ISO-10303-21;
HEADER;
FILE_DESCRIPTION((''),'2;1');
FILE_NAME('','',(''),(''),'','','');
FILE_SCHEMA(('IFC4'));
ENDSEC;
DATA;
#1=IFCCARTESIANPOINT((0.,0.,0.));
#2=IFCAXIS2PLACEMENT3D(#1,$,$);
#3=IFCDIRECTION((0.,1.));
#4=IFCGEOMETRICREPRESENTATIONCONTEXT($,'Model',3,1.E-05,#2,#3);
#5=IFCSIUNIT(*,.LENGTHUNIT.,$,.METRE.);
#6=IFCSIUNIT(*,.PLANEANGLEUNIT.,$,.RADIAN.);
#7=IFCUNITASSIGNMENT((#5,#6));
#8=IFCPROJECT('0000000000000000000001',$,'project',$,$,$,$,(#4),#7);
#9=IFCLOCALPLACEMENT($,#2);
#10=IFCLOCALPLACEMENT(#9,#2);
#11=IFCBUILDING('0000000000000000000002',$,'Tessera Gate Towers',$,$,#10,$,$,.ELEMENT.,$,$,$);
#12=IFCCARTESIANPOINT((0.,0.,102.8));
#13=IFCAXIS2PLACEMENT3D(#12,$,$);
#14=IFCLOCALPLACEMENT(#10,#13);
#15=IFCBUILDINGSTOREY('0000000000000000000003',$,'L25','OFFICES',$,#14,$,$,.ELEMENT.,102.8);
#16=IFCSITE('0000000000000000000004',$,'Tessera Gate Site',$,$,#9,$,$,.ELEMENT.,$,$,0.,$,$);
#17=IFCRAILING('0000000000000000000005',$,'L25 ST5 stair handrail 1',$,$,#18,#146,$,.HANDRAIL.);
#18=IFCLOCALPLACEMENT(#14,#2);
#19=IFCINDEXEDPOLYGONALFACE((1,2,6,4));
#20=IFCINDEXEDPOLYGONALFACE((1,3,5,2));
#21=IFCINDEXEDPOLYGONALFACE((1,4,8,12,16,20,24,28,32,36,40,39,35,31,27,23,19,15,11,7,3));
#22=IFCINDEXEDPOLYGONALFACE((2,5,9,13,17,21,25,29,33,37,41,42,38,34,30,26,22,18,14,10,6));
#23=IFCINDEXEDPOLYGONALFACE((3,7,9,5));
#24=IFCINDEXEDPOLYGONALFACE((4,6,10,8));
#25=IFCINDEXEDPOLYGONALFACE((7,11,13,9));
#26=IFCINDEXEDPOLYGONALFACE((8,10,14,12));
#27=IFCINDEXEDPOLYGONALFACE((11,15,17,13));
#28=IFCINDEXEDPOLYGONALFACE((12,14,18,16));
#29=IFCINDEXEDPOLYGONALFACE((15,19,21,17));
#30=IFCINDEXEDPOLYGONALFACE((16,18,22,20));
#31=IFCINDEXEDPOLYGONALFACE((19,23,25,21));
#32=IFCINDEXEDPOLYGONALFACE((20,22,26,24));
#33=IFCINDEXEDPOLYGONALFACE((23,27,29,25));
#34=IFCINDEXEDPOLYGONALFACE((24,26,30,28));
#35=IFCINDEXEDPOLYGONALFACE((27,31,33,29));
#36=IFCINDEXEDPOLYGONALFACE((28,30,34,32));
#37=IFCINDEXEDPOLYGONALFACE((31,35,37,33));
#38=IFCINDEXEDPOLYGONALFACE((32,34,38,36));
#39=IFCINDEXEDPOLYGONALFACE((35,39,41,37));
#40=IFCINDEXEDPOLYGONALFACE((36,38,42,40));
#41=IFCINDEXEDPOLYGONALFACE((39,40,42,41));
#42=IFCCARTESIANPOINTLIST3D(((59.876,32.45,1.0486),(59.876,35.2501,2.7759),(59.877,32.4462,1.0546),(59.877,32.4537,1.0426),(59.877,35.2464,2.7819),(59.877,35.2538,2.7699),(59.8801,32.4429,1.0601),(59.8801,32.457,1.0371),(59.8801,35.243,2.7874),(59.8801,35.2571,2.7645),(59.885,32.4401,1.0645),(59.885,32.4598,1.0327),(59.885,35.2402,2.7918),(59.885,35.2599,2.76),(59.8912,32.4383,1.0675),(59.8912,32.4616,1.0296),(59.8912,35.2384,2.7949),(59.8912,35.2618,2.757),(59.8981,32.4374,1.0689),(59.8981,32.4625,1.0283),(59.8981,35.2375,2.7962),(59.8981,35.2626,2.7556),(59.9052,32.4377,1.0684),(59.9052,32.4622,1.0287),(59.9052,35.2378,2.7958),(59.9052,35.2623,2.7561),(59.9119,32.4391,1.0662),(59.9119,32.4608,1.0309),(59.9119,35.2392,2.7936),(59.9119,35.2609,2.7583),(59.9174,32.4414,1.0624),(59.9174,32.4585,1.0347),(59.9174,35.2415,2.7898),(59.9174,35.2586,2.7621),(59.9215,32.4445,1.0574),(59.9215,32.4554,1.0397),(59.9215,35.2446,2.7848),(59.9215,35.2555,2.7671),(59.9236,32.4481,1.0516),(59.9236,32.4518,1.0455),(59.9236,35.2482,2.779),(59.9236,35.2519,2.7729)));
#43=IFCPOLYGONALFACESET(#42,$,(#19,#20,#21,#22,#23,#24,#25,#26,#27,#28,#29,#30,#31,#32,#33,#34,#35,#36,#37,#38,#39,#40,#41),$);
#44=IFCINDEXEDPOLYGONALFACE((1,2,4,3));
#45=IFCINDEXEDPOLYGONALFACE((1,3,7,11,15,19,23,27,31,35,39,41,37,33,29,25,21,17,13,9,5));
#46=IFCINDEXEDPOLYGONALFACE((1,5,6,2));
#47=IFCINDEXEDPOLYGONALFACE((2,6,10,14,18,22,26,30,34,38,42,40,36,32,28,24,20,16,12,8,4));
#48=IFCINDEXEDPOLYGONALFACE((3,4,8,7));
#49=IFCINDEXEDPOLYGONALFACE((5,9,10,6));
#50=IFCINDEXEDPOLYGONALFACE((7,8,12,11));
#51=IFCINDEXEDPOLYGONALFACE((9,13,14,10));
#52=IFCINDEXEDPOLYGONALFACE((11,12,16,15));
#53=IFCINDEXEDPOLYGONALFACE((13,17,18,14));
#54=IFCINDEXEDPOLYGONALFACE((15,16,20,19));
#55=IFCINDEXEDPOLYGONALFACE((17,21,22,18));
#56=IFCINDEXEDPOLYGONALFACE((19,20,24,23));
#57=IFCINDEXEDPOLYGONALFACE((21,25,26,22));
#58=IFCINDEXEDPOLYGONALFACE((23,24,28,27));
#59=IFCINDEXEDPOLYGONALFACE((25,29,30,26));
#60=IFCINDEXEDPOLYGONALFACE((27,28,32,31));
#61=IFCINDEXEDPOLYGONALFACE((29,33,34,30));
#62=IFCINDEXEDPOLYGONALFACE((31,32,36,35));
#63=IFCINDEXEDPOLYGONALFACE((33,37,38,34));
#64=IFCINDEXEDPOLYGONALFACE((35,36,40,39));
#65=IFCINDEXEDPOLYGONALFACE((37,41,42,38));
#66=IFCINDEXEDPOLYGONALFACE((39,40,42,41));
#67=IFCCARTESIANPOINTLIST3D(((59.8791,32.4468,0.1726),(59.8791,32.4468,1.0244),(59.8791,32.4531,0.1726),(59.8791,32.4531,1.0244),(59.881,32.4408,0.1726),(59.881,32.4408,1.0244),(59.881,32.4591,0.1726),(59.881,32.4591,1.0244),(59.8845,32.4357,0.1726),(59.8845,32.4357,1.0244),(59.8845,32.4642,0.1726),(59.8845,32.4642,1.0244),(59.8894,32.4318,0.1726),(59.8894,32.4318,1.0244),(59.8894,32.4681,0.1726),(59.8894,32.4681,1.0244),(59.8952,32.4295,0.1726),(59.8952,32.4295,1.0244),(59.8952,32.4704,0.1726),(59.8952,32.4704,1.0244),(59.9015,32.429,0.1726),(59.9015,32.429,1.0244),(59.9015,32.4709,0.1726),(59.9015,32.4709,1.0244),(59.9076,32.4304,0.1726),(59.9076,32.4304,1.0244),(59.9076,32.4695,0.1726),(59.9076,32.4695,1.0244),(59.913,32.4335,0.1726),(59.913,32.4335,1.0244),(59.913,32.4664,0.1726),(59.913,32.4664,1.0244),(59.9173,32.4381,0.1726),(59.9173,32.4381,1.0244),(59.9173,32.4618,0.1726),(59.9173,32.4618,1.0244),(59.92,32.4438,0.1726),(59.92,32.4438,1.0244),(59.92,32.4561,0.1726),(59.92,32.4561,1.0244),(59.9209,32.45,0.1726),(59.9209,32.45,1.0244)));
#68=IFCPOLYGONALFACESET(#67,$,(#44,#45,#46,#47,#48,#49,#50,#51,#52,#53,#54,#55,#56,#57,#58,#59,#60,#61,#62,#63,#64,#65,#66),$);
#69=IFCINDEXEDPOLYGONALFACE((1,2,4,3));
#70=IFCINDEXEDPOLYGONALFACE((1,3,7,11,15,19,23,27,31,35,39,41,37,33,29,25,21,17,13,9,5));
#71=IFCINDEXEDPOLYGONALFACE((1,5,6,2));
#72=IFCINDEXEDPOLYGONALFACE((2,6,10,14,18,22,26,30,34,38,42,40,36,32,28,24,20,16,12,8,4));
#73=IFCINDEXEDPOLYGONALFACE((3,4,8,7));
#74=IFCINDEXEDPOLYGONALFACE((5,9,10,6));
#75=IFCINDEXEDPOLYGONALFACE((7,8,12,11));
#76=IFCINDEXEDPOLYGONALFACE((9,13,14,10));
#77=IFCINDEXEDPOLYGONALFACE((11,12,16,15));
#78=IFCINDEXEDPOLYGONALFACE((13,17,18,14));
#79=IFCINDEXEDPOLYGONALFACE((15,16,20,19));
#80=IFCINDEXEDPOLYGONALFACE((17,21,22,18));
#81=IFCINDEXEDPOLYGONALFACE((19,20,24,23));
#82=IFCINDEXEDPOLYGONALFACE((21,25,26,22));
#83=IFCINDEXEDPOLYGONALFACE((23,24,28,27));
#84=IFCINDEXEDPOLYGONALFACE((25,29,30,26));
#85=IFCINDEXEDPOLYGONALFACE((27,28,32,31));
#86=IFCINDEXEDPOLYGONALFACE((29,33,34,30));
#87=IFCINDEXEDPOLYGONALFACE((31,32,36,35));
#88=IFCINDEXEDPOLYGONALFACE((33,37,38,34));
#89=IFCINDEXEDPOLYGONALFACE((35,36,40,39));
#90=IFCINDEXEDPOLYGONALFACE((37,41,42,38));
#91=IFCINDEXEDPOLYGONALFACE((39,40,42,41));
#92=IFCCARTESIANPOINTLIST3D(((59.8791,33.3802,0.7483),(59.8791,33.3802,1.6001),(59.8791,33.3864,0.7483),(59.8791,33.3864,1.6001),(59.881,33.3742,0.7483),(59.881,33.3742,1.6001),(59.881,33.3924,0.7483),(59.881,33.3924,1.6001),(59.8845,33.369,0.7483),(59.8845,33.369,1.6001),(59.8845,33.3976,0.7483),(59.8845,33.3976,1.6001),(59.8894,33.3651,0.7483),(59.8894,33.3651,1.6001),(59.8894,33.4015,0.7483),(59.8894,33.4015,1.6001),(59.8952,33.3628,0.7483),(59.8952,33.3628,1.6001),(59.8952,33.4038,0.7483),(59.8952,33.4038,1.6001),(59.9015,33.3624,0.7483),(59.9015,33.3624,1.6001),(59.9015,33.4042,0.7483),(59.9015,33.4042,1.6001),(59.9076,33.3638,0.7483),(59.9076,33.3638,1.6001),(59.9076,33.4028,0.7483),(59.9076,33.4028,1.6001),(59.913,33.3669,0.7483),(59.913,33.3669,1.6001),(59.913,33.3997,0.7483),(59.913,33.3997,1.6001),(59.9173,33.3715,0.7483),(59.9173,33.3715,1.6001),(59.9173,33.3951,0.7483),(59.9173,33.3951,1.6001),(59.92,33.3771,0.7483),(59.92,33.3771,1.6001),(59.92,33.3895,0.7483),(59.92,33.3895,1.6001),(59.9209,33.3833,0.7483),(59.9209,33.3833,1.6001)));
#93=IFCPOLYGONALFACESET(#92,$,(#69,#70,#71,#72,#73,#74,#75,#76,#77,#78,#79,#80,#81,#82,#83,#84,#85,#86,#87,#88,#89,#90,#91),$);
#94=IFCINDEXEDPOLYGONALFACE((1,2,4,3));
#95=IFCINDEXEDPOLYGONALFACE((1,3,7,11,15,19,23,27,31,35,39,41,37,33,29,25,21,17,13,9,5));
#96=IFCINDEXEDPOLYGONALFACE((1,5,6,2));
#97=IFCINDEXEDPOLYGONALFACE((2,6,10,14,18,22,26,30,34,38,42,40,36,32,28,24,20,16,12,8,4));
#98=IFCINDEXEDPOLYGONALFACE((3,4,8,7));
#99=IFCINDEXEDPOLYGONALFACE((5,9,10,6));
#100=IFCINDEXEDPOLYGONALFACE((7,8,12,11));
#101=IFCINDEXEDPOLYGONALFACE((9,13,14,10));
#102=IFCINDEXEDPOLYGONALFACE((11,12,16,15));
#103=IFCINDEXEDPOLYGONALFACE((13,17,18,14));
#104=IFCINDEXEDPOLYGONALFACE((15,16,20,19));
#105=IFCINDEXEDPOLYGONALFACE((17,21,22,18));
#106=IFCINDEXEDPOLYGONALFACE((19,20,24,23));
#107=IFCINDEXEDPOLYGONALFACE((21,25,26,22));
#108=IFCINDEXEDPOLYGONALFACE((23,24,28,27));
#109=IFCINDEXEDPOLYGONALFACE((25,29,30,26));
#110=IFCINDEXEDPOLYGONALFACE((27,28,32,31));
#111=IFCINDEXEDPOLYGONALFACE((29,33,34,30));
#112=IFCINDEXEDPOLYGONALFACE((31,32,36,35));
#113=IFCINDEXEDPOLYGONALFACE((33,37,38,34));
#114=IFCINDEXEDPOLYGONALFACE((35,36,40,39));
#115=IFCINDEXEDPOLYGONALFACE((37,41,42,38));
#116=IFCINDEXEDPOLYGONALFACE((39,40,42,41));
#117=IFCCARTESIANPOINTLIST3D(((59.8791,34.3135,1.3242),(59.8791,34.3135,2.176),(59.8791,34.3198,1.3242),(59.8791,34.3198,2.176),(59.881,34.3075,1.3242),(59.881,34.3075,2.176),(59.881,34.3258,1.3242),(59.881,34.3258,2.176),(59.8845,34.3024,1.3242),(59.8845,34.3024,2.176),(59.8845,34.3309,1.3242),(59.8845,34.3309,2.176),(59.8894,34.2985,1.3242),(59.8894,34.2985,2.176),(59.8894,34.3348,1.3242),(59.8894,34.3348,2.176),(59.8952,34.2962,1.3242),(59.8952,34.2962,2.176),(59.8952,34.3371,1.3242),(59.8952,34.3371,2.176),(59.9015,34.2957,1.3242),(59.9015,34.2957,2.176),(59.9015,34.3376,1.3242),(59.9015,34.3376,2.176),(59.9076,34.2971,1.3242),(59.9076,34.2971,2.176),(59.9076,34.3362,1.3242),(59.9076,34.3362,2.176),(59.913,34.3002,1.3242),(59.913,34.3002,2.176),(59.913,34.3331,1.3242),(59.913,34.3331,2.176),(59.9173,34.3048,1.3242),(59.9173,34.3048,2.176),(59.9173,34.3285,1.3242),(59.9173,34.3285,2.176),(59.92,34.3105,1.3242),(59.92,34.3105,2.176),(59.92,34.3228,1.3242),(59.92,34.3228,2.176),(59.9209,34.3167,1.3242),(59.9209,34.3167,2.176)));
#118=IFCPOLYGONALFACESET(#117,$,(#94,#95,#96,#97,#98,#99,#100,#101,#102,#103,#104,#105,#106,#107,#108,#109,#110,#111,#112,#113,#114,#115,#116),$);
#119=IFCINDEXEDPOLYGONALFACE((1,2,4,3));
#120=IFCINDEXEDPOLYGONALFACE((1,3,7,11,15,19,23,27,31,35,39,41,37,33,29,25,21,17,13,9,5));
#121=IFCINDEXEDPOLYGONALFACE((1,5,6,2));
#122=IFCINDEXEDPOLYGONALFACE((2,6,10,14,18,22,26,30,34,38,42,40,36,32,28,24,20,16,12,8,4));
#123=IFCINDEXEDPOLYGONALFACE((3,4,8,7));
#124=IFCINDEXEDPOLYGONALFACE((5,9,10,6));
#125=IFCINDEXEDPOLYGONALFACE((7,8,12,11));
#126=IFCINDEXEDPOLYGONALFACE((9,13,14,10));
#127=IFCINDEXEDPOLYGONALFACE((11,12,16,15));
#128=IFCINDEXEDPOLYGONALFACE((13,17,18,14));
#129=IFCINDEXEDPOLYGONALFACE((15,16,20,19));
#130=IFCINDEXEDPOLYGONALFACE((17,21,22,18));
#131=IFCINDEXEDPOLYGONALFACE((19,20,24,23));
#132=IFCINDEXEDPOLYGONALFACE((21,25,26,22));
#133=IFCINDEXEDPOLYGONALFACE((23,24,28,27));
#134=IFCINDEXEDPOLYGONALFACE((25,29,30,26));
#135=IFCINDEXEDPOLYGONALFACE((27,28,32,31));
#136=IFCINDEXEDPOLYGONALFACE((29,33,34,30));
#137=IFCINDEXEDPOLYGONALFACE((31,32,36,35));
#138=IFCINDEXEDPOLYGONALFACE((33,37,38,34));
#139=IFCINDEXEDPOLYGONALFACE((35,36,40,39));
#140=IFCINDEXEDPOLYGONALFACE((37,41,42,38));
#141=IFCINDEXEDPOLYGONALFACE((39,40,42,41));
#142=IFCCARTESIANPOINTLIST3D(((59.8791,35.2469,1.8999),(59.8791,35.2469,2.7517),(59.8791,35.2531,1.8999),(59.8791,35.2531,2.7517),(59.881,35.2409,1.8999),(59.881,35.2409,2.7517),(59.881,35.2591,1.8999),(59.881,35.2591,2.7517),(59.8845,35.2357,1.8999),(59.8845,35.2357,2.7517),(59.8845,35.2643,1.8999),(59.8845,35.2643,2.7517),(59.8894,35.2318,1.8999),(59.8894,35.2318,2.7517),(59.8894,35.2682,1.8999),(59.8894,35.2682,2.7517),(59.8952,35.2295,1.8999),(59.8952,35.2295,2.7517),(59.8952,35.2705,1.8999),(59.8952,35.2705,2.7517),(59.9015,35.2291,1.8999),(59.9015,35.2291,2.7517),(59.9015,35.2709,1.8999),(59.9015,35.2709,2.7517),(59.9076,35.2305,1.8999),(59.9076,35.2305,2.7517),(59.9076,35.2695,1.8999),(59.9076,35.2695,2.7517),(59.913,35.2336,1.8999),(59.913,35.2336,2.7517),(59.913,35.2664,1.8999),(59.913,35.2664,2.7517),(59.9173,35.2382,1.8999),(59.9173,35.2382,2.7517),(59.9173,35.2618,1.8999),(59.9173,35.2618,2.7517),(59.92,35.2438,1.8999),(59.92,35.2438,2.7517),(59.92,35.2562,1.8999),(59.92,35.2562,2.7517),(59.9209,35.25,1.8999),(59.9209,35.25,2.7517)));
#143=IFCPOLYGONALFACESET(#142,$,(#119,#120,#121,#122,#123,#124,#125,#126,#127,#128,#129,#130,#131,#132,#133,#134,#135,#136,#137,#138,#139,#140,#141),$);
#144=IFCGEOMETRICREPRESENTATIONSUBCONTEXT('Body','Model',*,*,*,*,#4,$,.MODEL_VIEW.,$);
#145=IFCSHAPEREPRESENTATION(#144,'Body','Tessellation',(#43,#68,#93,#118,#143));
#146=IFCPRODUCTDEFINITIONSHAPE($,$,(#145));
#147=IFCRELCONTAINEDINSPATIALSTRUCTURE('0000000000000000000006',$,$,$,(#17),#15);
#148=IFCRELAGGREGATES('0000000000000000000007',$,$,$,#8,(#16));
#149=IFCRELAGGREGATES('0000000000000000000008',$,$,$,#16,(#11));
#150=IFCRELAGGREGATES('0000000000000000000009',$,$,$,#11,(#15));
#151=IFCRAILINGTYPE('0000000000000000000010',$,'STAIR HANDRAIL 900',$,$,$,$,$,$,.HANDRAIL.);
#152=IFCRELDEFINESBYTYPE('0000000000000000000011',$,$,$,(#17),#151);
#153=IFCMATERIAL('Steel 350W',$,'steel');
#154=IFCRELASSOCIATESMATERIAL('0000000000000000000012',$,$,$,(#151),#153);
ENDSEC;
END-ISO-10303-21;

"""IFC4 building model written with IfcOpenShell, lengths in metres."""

from ifc_helpers import new_model, si_unit, direction, frame, origin, origin_2d, place, context, subcontext, project, spatial, circle, extrude, material, type_object, element, save


model = new_model("IFC4")

# Units and contexts
model_context = context("Model", 3, precision=1e-05, world=origin(), true_north=direction((0.0, 1.0)))
body_context = subcontext(model_context, "Body", "Model", "MODEL_VIEW")
ifc_project = project(units=[si_unit("LENGTHUNIT", "METRE"), si_unit("PLANEANGLEUNIT", "RADIAN")], contexts=[model_context])

# Site, building, storey
site_placement = place(None, origin())
site = spatial("IfcSite", under=ifc_project, at=site_placement, Name="Tessera Gate Site", CompositionType="ELEMENT", RefElevation=0.0)
building_placement = place(site_placement, origin())
building = spatial("IfcBuilding", under=site, at=building_placement, Name="Tessera Gate Towers", CompositionType="ELEMENT")
storey_placement = place(building_placement, frame((0.0, 0.0, 102.8)))
storey = spatial("IfcBuildingStorey", under=building, at=storey_placement, Name="L25", Description="OFFICES", CompositionType="ELEMENT", Elevation=102.8)

# Railing
ifc_material_1 = material(Name="Steel 350W", Category="steel")
railing_type_1 = type_object("IfcRailingType", Name="STAIR HANDRAIL 900", PredefinedType="HANDRAIL", material=ifc_material_1)
railing_1_placement = place(storey_placement, frame((59.8999, 32.45, 0.1726)))
element("IfcRailing", 1, at=railing_1_placement, inside=storey, type_object=railing_type_1, Name="L25 ST5 stair handrail 1", PredefinedType="HANDRAIL", context=body_context, shape_type="SweptSolid", body=[
    extrude(circle(Radius=0.0239, at=origin_2d()), frame((0.0, 0.0, 0.876), z_axis=(0.0, 0.85109, 0.52502), x_axis=(-1.0, 0.0, 0.0)), (0.0, 0.0, 1.0), 3.29),
    extrude(circle(Radius=0.021, at=origin_2d()), origin(), (0.0, 0.0, 1.0), 0.8518),
    extrude(circle(Radius=0.021, at=origin_2d()), frame((0.0, 0.9333, 0.5757)), (0.0, 0.0, 1.0), 0.8518),
    extrude(circle(Radius=0.021, at=origin_2d()), frame((0.0, 1.8667, 1.1516)), (0.0, 0.0, 1.0), 0.8518),
    extrude(circle(Radius=0.021, at=origin_2d()), frame((0.0, 2.8, 1.7273)), (0.0, 0.0, 1.0), 0.8518),
])

save(model, "model.ifc")
